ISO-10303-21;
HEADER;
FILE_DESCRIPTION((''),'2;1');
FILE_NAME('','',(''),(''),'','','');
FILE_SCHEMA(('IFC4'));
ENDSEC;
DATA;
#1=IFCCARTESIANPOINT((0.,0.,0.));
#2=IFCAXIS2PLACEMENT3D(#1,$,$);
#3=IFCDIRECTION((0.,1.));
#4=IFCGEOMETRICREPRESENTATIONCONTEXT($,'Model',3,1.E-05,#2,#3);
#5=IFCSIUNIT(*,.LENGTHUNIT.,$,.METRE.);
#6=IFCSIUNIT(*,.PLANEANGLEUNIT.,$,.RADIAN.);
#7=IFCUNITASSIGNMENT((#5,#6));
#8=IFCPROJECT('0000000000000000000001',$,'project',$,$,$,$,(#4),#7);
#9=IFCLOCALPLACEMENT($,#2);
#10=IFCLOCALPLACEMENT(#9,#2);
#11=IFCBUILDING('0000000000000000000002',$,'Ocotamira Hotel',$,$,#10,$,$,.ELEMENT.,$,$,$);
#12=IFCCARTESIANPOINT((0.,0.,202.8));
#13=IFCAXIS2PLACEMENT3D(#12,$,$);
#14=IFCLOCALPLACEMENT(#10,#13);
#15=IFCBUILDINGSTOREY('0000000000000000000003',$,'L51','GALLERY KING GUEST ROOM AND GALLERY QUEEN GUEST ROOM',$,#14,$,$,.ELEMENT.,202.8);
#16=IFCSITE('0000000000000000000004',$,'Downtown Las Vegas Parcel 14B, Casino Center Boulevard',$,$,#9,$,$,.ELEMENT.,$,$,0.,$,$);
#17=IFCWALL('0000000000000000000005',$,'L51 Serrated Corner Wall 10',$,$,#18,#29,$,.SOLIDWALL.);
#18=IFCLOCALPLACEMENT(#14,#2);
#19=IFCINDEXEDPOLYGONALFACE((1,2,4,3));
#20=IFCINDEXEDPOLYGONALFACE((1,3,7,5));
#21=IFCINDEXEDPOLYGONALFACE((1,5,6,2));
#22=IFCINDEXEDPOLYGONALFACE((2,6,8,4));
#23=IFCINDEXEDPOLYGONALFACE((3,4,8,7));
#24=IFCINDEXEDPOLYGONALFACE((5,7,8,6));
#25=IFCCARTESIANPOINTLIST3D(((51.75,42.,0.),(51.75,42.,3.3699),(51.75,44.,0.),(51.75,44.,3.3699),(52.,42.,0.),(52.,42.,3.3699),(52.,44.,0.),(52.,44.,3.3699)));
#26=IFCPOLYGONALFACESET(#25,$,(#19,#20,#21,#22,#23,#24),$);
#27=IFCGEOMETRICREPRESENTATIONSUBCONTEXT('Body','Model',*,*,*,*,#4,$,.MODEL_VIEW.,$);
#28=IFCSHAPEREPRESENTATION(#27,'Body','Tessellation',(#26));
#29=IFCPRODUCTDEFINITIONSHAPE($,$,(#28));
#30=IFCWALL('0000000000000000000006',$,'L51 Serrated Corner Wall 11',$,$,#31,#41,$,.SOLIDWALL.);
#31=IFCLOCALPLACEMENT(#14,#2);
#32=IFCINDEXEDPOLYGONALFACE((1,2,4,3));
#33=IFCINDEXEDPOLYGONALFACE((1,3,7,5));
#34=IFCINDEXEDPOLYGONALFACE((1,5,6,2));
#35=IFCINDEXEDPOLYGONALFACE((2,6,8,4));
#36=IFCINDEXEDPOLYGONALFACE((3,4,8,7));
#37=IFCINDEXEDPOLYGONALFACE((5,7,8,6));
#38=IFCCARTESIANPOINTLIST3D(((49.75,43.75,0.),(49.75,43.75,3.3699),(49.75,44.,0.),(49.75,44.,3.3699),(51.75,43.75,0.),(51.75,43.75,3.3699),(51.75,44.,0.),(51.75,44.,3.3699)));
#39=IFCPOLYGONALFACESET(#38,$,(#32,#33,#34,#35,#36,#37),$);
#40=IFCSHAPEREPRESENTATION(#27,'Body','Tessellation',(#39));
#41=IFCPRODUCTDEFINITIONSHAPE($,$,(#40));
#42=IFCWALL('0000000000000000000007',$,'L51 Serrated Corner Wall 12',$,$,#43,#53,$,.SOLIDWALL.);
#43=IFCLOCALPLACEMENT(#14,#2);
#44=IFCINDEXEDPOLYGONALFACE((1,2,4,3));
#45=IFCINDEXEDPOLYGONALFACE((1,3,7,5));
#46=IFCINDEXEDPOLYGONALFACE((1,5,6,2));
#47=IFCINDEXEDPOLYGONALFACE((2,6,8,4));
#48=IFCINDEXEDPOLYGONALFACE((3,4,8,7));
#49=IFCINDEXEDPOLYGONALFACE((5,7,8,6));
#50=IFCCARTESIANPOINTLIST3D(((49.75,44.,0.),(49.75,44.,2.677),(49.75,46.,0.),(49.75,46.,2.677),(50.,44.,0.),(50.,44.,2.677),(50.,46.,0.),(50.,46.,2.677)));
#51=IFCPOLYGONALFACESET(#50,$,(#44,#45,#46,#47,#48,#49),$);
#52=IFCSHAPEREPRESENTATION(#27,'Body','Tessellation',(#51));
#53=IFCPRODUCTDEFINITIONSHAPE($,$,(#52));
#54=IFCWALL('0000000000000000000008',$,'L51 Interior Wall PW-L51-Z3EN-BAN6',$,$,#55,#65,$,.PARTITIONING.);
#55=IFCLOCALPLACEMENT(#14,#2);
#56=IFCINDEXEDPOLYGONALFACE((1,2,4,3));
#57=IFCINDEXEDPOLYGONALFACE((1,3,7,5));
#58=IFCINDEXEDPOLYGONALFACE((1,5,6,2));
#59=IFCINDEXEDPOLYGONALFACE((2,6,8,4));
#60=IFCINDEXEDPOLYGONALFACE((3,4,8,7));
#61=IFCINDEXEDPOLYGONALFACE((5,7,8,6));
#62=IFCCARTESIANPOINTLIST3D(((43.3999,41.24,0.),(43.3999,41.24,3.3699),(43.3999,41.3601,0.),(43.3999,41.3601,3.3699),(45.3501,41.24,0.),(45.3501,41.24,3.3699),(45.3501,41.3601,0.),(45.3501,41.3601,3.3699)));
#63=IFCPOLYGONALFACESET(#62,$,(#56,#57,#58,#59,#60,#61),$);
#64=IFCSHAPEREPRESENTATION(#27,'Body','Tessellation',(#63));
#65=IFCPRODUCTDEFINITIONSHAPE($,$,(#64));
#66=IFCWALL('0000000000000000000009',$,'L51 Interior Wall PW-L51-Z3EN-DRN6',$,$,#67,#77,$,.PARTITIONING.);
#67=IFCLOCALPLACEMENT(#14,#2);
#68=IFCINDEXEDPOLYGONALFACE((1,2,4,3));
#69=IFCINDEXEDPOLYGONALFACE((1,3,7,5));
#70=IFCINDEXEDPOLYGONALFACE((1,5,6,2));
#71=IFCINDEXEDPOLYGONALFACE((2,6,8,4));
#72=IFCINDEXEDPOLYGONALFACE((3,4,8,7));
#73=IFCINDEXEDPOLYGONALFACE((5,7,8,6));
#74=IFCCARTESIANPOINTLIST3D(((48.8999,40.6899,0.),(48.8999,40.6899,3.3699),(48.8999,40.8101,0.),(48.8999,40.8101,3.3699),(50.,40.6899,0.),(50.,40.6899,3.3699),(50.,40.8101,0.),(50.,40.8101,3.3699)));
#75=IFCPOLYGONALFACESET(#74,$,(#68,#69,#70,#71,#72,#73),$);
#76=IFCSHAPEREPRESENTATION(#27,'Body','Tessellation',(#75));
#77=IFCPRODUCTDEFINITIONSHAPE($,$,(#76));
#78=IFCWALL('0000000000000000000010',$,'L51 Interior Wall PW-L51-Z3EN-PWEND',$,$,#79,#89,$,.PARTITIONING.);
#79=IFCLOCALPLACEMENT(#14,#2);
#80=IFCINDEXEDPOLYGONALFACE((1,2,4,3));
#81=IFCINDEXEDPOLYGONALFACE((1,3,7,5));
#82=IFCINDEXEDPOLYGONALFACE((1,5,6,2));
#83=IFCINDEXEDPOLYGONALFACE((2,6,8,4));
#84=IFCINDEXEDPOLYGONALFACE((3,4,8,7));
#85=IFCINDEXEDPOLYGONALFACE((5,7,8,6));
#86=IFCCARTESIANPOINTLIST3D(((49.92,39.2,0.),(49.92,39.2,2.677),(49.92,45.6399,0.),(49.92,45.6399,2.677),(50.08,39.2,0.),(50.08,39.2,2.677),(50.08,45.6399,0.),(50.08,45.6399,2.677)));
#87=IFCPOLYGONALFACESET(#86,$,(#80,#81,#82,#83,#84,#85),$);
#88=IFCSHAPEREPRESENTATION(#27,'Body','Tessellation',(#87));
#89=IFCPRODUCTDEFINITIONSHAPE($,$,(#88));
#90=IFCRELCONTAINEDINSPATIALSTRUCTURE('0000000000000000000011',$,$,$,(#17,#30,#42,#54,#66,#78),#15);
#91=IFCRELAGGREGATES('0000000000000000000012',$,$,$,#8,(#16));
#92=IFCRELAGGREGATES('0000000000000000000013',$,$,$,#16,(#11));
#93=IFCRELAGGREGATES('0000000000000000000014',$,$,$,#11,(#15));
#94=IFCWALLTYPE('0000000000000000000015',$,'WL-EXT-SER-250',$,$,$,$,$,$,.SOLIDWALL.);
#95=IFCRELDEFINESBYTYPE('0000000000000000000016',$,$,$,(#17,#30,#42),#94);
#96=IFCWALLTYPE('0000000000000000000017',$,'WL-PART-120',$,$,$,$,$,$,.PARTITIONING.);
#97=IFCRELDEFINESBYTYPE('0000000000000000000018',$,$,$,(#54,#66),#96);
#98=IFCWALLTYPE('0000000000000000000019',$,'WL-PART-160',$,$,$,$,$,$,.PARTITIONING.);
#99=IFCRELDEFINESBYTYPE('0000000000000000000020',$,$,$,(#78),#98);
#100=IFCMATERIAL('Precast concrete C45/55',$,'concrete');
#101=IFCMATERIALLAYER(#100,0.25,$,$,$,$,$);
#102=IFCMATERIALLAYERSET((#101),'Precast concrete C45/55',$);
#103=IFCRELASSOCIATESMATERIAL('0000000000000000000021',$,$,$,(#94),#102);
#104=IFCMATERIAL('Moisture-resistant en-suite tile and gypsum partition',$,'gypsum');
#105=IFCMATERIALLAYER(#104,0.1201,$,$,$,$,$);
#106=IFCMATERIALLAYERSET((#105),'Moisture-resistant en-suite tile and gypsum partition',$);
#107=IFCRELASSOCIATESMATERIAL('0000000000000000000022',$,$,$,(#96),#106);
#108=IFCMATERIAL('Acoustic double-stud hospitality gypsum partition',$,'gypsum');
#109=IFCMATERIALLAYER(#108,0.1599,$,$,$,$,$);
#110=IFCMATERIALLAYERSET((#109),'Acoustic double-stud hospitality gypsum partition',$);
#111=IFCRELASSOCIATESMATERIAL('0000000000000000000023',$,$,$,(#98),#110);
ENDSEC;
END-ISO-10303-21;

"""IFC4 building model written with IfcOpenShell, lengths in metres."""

from ifc_helpers import new_model, si_unit, direction, frame, frame_2d, origin, place, context, subcontext, project, spatial, rectangle, extrude, material, layer, layer_set, type_object, element, save


model = new_model("IFC4")

# Units and contexts
model_context = context("Model", 3, precision=1e-05, world=origin(), true_north=direction((0.0, 1.0)))
body_context = subcontext(model_context, "Body", "Model", "MODEL_VIEW")
ifc_project = project(units=[si_unit("LENGTHUNIT", "METRE"), si_unit("PLANEANGLEUNIT", "RADIAN")], contexts=[model_context])

# Site, building, storey
site_placement = place(None, origin())
site = spatial("IfcSite", under=ifc_project, at=site_placement, Name="Downtown Las Vegas Parcel 14B, Casino Center Boulevard", CompositionType="ELEMENT", RefElevation=0.0)
building_placement = place(site_placement, origin())
building = spatial("IfcBuilding", under=site, at=building_placement, Name="Ocotamira Hotel", CompositionType="ELEMENT")
storey_placement = place(building_placement, frame((0.0, 0.0, 202.8)))
storey = spatial("IfcBuildingStorey", under=building, at=storey_placement, Name="L51", Description="GALLERY KING GUEST ROOM AND GALLERY QUEEN GUEST ROOM", CompositionType="ELEMENT", Elevation=202.8)

# Walls
ifc_material_1 = material(Name="Precast concrete C45/55", Category="concrete")
ifc_layer_1 = layer(ifc_material_1, 0.25)
ifc_layer_set_1 = layer_set([ifc_layer_1], Name="Precast concrete C45/55")
wall_type_1 = type_object("IfcWallType", Name="WL-EXT-SER-250", PredefinedType="SOLIDWALL", material=ifc_layer_set_1)
for number, where, z_axis, x_axis, name in (
    (1, (51.875, 42.0, 0.0), (0.0, 0.0, 1.0), (0.0, 1.0, 0.0), "L51 Serrated Corner Wall 10"),
    (2, (51.75, 43.875, 0.0), (0.0, 0.0, 1.0), (-1.0, 0.0, 0.0), "L51 Serrated Corner Wall 11"),
):
    element("IfcWall", number, at=place(storey_placement, frame(where, z_axis=z_axis, x_axis=x_axis)), inside=storey, type_object=wall_type_1, Name=name, PredefinedType="SOLIDWALL", context=body_context, shape_type="SweptSolid", body=[
        extrude(rectangle(XDim=2.0, YDim=0.25, at=frame_2d((1.0, 0.0))), origin(), (0.0, 0.0, 1.0), 3.3699),
    ])
wall_1_placement = place(storey_placement, frame((49.875, 44.0, 0.0), z_axis=(0.0, 0.0, 1.0), x_axis=(0.0, 1.0, 0.0)))
element("IfcWall", 3, at=wall_1_placement, inside=storey, type_object=wall_type_1, Name="L51 Serrated Corner Wall 12", PredefinedType="SOLIDWALL", context=body_context, shape_type="SweptSolid", body=[
    extrude(rectangle(XDim=2.0, YDim=0.25, at=frame_2d((1.0, 0.0))), origin(), (0.0, 0.0, 1.0), 2.677),
])

# Walls
ifc_material_2 = material(Name="Moisture-resistant en-suite tile and gypsum partition", Category="gypsum")
ifc_layer_2 = layer(ifc_material_2, 0.1201)
ifc_layer_set_2 = layer_set([ifc_layer_2], Name="Moisture-resistant en-suite tile and gypsum partition")
wall_type_2 = type_object("IfcWallType", Name="WL-PART-120", PredefinedType="PARTITIONING", material=ifc_layer_set_2)
wall_2_placement = place(storey_placement, frame((43.3999, 41.3, 0.0), z_axis=(0.0, 0.0, 1.0), x_axis=(1.0, 0.0, 0.0)))
element("IfcWall", 4, at=wall_2_placement, inside=storey, type_object=wall_type_2, Name="L51 Interior Wall PW-L51-Z3EN-BAN6", PredefinedType="PARTITIONING", context=body_context, shape_type="SweptSolid", body=[
    extrude(rectangle(XDim=1.9502, YDim=0.1201, at=frame_2d((0.9751, 0.0))), origin(), (0.0, 0.0, 1.0), 3.3699),
])
wall_3_placement = place(storey_placement, frame((48.8999, 40.75, 0.0), z_axis=(0.0, 0.0, 1.0), x_axis=(1.0, 0.0, 0.0)))
element("IfcWall", 5, at=wall_3_placement, inside=storey, type_object=wall_type_2, Name="L51 Interior Wall PW-L51-Z3EN-DRN6", PredefinedType="PARTITIONING", context=body_context, shape_type="SweptSolid", body=[
    extrude(rectangle(XDim=1.1001, YDim=0.1201, at=frame_2d((0.55, 0.0))), origin(), (0.0, 0.0, 1.0), 3.3699),
])
ifc_material_3 = material(Name="Acoustic double-stud hospitality gypsum partition", Category="gypsum")
ifc_layer_3 = layer(ifc_material_3, 0.1599)
ifc_layer_set_3 = layer_set([ifc_layer_3], Name="Acoustic double-stud hospitality gypsum partition")
wall_type_3 = type_object("IfcWallType", Name="WL-PART-160", PredefinedType="PARTITIONING", material=ifc_layer_set_3)
wall_4_placement = place(storey_placement, frame((50.0, 39.2, 0.0), z_axis=(0.0, 0.0, 1.0), x_axis=(0.0, 1.0, 0.0)))
element("IfcWall", 6, at=wall_4_placement, inside=storey, type_object=wall_type_3, Name="L51 Interior Wall PW-L51-Z3EN-PWEND", PredefinedType="PARTITIONING", context=body_context, shape_type="SweptSolid", body=[
    extrude(rectangle(XDim=6.4399, YDim=0.1599, at=frame_2d((3.22, 0.0))), origin(), (0.0, 0.0, 1.0), 2.677),
])

save(model, "model.ifc")
